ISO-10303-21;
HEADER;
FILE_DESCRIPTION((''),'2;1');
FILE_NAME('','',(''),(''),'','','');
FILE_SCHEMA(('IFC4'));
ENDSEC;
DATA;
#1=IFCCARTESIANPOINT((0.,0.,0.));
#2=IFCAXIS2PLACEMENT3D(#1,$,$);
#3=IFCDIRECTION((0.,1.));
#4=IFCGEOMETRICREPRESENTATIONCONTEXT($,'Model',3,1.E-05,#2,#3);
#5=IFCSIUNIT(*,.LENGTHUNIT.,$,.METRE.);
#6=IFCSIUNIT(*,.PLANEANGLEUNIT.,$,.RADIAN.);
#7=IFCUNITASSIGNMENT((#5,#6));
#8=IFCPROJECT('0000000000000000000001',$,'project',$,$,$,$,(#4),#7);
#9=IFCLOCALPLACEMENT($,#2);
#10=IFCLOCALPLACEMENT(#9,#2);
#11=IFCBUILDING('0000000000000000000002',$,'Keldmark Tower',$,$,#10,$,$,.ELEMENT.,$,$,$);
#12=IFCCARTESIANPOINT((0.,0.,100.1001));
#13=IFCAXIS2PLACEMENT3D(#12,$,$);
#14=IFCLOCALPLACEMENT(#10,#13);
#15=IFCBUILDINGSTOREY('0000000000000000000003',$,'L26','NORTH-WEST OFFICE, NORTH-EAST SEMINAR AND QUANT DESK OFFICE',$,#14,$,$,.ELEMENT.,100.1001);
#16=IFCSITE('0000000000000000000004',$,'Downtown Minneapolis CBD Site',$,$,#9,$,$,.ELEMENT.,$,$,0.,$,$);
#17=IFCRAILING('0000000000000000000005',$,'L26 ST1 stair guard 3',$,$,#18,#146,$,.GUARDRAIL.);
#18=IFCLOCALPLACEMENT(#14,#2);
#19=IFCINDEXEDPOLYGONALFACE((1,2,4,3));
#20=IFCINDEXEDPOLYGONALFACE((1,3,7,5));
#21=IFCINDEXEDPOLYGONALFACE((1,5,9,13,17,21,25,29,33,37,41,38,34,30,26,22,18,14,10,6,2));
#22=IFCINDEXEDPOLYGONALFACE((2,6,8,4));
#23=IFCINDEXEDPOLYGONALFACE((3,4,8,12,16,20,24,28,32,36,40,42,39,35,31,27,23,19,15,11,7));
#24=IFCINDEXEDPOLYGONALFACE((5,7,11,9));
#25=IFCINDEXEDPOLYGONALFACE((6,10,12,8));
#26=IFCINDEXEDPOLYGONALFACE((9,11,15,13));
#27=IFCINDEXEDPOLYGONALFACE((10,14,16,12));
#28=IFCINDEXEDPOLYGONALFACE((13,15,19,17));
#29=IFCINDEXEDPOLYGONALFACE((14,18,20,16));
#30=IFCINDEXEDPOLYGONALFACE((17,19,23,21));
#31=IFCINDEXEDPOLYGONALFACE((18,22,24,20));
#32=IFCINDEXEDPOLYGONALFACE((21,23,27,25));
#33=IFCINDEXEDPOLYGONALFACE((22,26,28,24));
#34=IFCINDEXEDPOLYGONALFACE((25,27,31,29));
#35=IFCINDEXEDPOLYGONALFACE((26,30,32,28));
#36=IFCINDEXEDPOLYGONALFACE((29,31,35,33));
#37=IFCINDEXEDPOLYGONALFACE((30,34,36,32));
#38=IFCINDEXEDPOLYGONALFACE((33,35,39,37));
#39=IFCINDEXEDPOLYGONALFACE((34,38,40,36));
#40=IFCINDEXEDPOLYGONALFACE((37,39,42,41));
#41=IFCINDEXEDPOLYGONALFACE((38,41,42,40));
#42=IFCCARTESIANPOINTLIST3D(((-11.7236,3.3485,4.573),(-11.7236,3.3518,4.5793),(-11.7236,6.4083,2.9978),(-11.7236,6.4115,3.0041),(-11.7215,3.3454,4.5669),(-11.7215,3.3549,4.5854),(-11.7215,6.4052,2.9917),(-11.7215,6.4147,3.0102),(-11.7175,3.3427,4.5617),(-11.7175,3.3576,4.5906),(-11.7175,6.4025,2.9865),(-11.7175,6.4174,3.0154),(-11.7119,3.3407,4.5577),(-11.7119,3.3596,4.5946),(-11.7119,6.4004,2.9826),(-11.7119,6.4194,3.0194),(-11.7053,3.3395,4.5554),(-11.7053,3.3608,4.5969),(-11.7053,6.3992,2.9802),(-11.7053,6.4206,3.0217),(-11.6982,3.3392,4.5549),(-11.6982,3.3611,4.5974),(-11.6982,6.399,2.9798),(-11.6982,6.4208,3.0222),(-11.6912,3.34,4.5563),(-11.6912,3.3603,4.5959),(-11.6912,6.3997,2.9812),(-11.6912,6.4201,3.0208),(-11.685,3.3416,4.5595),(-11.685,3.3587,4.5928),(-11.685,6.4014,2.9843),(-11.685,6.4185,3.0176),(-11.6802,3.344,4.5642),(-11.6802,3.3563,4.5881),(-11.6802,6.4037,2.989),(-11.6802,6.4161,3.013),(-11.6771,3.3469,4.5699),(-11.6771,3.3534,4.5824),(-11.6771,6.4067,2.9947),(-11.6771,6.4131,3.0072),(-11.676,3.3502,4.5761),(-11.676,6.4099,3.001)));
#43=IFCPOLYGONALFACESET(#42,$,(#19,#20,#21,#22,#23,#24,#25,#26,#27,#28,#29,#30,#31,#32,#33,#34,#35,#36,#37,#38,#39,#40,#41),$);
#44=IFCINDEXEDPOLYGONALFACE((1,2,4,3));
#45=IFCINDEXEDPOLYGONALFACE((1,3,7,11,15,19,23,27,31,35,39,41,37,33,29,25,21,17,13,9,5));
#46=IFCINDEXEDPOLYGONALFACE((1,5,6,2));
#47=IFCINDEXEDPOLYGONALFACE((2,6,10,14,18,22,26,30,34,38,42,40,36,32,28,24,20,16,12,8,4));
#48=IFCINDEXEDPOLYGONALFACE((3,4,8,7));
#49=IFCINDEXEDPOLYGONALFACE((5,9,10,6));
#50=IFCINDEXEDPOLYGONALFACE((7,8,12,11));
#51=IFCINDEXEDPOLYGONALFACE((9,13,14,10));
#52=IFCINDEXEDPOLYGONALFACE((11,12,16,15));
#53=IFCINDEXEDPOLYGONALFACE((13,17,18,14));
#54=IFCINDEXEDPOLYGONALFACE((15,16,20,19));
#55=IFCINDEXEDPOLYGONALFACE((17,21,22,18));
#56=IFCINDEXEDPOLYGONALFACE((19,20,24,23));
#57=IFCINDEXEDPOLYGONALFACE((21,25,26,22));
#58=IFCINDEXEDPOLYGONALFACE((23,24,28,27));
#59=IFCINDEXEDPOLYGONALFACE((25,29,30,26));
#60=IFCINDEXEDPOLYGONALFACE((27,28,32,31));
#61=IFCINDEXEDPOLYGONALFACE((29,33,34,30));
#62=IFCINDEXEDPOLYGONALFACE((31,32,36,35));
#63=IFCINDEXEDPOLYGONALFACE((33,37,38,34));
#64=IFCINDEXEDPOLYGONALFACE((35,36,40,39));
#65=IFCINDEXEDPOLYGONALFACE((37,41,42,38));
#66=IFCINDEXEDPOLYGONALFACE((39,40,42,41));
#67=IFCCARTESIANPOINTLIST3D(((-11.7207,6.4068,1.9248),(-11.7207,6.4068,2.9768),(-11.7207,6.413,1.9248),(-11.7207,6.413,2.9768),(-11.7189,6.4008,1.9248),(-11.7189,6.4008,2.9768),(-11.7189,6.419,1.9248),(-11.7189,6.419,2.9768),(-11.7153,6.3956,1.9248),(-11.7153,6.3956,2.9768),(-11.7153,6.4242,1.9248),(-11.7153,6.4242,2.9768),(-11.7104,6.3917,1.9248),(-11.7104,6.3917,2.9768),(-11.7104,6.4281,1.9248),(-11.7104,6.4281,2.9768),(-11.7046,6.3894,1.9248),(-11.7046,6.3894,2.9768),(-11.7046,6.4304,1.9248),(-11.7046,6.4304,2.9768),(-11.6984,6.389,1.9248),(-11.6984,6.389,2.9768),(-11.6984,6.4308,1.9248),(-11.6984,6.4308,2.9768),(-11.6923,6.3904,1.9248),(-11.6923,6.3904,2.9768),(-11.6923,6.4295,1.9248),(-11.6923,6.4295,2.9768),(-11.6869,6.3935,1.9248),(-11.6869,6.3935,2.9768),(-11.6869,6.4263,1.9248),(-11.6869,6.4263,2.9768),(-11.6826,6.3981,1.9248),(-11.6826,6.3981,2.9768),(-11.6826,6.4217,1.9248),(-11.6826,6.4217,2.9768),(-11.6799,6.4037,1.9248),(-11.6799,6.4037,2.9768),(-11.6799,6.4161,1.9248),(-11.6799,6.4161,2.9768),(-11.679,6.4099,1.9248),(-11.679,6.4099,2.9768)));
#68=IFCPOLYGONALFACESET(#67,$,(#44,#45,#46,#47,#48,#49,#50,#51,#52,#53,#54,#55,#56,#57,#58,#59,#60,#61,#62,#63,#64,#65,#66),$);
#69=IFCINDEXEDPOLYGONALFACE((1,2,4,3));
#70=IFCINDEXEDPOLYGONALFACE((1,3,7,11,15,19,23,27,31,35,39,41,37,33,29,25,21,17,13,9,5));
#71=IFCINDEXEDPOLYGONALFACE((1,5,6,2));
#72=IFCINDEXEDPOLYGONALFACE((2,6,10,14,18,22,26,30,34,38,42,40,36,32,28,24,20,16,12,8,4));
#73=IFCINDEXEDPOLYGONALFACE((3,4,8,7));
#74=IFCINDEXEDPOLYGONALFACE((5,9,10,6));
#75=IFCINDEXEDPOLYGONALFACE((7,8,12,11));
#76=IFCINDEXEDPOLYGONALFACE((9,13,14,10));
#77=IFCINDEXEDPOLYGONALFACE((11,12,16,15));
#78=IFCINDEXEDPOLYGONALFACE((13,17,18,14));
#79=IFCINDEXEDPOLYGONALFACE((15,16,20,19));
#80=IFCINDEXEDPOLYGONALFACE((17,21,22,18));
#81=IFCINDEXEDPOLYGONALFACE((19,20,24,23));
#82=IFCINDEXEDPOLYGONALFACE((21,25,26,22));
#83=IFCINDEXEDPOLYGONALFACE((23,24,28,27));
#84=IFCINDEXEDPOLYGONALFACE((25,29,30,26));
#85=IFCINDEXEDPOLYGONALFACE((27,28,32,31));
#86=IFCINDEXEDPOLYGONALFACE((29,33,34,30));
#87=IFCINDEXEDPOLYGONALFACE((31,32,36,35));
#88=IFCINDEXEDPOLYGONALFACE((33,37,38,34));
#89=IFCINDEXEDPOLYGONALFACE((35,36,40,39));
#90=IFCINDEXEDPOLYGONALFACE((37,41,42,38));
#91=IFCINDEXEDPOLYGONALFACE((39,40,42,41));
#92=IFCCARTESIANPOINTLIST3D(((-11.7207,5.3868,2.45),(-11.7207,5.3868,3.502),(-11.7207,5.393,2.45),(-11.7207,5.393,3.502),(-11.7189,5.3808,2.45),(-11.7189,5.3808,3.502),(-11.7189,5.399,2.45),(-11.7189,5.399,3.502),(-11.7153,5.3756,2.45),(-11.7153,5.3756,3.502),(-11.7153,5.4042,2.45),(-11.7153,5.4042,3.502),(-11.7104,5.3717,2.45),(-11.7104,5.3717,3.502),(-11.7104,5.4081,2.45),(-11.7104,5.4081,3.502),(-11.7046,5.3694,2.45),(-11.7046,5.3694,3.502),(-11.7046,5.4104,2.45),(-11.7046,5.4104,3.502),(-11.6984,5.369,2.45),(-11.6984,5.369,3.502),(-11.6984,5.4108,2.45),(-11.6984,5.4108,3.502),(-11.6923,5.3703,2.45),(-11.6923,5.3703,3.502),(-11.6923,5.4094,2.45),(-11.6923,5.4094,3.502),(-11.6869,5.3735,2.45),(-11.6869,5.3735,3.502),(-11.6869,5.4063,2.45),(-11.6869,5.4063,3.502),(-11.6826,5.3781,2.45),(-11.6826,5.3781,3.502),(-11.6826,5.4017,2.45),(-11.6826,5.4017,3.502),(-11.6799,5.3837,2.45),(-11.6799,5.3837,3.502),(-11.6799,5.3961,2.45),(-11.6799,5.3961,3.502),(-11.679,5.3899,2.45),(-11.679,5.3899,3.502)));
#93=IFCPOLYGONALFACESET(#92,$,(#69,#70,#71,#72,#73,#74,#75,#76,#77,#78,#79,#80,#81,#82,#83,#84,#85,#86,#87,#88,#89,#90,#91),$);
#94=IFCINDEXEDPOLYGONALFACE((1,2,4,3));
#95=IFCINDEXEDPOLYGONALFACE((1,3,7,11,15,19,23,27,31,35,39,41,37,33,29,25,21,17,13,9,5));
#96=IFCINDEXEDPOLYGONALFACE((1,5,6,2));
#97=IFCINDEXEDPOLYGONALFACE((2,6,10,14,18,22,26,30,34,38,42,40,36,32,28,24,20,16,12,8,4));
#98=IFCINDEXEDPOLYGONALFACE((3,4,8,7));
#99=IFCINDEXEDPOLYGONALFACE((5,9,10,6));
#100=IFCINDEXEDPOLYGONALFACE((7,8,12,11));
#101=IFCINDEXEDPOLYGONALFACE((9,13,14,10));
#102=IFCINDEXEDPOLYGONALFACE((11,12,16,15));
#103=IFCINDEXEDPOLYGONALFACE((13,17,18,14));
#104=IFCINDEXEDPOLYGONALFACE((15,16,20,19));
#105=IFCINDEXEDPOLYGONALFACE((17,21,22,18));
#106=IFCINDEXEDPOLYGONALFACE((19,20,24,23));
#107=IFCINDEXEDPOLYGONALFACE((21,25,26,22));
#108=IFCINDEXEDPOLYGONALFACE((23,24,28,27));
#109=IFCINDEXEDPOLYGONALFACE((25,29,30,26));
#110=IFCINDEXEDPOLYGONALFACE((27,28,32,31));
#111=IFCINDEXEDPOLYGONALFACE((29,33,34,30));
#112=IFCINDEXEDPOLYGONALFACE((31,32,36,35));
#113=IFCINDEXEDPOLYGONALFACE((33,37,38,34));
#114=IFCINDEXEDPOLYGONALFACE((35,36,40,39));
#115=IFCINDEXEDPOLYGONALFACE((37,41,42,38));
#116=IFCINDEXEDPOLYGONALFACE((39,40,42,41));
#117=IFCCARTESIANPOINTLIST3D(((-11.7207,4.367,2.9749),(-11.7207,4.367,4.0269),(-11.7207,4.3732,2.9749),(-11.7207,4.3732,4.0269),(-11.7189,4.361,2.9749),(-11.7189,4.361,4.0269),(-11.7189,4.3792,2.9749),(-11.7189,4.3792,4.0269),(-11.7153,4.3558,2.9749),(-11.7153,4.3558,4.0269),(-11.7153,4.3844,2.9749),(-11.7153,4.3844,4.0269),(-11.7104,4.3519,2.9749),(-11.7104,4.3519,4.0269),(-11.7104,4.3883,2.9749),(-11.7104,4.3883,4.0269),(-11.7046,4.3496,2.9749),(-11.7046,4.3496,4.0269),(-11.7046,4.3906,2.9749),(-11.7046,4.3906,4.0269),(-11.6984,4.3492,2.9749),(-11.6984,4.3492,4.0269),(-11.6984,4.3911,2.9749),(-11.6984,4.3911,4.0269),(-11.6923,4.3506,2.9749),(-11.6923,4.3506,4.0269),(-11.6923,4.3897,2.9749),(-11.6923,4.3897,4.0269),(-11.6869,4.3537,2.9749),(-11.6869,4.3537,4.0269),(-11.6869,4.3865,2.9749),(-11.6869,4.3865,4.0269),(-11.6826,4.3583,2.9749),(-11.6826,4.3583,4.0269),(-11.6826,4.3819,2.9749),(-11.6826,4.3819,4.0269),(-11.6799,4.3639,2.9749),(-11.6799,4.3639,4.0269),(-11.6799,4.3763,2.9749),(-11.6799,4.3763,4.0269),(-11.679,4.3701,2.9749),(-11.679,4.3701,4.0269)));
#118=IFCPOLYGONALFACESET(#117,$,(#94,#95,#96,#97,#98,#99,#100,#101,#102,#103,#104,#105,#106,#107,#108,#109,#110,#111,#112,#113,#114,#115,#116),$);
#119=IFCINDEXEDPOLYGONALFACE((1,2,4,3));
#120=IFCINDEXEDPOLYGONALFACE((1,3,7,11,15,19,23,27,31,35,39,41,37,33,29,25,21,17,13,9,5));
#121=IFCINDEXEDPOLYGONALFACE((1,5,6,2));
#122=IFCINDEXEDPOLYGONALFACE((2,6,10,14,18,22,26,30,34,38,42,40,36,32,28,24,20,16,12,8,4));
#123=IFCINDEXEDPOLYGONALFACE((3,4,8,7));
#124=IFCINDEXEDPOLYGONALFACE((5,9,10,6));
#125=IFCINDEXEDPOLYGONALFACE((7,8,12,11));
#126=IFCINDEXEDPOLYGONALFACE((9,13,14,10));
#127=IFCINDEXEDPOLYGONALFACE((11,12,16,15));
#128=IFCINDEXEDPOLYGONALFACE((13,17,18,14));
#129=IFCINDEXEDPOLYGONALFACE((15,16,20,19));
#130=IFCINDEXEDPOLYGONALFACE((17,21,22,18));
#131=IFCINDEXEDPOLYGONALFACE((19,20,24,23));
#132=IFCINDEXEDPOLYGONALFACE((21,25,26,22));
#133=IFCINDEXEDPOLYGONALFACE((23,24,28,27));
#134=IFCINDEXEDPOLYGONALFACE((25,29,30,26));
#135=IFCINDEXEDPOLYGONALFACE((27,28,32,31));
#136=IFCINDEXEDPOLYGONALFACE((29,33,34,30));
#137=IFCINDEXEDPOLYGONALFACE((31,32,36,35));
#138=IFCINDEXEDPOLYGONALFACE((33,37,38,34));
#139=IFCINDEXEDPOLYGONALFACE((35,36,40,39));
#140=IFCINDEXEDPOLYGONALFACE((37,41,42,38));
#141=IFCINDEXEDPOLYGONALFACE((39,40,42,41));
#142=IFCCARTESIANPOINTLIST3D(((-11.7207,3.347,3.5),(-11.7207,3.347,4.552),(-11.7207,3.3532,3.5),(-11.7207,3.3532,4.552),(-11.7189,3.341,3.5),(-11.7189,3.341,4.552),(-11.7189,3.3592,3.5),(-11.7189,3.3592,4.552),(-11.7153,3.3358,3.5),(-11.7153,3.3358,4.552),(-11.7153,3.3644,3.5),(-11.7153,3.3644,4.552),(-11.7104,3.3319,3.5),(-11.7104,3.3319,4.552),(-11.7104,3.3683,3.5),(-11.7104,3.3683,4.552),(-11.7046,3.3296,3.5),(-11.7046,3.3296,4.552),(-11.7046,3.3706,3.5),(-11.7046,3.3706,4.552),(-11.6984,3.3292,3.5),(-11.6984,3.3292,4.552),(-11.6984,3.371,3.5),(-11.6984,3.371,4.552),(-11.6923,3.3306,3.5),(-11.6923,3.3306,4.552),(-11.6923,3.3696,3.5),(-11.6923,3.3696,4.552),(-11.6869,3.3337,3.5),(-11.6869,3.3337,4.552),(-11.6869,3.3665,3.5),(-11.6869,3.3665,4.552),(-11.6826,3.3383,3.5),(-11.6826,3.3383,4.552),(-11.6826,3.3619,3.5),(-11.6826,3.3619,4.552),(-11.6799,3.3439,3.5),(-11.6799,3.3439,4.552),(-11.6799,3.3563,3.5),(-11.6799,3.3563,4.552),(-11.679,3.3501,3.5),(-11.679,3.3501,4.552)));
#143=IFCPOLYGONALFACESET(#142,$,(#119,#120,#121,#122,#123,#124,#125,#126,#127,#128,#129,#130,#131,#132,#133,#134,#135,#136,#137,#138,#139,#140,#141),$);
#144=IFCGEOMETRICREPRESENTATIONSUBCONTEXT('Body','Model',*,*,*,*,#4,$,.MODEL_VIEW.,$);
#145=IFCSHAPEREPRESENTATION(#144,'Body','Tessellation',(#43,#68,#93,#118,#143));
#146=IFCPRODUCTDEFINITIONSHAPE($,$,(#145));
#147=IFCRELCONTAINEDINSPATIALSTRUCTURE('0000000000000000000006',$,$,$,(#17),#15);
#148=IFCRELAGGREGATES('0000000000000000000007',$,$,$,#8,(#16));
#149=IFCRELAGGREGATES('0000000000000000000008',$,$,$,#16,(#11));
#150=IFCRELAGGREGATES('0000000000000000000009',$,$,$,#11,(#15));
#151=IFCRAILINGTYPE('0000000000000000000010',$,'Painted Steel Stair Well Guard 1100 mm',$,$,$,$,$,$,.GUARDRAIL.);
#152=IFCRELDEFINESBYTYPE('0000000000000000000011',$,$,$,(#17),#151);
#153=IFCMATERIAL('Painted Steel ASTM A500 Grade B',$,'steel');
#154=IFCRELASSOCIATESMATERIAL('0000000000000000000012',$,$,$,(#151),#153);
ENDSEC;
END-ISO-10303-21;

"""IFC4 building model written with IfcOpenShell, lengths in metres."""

from ifc_helpers import new_model, si_unit, direction, frame, origin, origin_2d, place, context, subcontext, project, spatial, circle, extrude, material, type_object, element, save


model = new_model("IFC4")

# Units and contexts
model_context = context("Model", 3, precision=1e-05, world=origin(), true_north=direction((0.0, 1.0)))
body_context = subcontext(model_context, "Body", "Model", "MODEL_VIEW")
ifc_project = project(units=[si_unit("LENGTHUNIT", "METRE"), si_unit("PLANEANGLEUNIT", "RADIAN")], contexts=[model_context])

# Site, building, storey
site_placement = place(None, origin())
site = spatial("IfcSite", under=ifc_project, at=site_placement, Name="Downtown Minneapolis CBD Site", CompositionType="ELEMENT", RefElevation=0.0)
building_placement = place(site_placement, origin())
building = spatial("IfcBuilding", under=site, at=building_placement, Name="Keldmark Tower", CompositionType="ELEMENT")
storey_placement = place(building_placement, frame((0.0, 0.0, 100.1001)))
storey = spatial("IfcBuildingStorey", under=building, at=storey_placement, Name="L26", Description="NORTH-WEST OFFICE, NORTH-EAST SEMINAR AND QUANT DESK OFFICE", CompositionType="ELEMENT", Elevation=100.1001)

# Railing
ifc_material_1 = material(Name="Painted Steel ASTM A500 Grade B", Category="steel")
railing_type_1 = type_object("IfcRailingType", Name="Painted Steel Stair Well Guard 1100 mm", PredefinedType="GUARDRAIL", material=ifc_material_1)
railing_1_placement = place(storey_placement, frame((-11.7, 6.4099, 1.9248)))
element("IfcRailing", 1, at=railing_1_placement, inside=storey, type_object=railing_type_1, Name="L26 ST1 stair guard 3", PredefinedType="GUARDRAIL", context=body_context, shape_type="SweptSolid", body=[
    extrude(circle(Radius=0.0239, at=origin_2d()), frame((0.0, 0.0, 1.0762), z_axis=(0.0, -0.889101, 0.45771), x_axis=(1.0, 0.0, 0.0)), (0.0, 0.0, 1.0), 3.4414),
    extrude(circle(Radius=0.021, at=origin_2d()), origin(), (0.0, 0.0, 1.0), 1.052),
    extrude(circle(Radius=0.021, at=origin_2d()), frame((0.0, -1.02, 0.5251)), (0.0, 0.0, 1.0), 1.052),
    extrude(circle(Radius=0.021, at=origin_2d()), frame((0.0, -2.0398, 1.05)), (0.0, 0.0, 1.0), 1.052),
    extrude(circle(Radius=0.021, at=origin_2d()), frame((0.0, -3.0598, 1.5752)), (0.0, 0.0, 1.0), 1.052),
])

save(model, "model.ifc")
